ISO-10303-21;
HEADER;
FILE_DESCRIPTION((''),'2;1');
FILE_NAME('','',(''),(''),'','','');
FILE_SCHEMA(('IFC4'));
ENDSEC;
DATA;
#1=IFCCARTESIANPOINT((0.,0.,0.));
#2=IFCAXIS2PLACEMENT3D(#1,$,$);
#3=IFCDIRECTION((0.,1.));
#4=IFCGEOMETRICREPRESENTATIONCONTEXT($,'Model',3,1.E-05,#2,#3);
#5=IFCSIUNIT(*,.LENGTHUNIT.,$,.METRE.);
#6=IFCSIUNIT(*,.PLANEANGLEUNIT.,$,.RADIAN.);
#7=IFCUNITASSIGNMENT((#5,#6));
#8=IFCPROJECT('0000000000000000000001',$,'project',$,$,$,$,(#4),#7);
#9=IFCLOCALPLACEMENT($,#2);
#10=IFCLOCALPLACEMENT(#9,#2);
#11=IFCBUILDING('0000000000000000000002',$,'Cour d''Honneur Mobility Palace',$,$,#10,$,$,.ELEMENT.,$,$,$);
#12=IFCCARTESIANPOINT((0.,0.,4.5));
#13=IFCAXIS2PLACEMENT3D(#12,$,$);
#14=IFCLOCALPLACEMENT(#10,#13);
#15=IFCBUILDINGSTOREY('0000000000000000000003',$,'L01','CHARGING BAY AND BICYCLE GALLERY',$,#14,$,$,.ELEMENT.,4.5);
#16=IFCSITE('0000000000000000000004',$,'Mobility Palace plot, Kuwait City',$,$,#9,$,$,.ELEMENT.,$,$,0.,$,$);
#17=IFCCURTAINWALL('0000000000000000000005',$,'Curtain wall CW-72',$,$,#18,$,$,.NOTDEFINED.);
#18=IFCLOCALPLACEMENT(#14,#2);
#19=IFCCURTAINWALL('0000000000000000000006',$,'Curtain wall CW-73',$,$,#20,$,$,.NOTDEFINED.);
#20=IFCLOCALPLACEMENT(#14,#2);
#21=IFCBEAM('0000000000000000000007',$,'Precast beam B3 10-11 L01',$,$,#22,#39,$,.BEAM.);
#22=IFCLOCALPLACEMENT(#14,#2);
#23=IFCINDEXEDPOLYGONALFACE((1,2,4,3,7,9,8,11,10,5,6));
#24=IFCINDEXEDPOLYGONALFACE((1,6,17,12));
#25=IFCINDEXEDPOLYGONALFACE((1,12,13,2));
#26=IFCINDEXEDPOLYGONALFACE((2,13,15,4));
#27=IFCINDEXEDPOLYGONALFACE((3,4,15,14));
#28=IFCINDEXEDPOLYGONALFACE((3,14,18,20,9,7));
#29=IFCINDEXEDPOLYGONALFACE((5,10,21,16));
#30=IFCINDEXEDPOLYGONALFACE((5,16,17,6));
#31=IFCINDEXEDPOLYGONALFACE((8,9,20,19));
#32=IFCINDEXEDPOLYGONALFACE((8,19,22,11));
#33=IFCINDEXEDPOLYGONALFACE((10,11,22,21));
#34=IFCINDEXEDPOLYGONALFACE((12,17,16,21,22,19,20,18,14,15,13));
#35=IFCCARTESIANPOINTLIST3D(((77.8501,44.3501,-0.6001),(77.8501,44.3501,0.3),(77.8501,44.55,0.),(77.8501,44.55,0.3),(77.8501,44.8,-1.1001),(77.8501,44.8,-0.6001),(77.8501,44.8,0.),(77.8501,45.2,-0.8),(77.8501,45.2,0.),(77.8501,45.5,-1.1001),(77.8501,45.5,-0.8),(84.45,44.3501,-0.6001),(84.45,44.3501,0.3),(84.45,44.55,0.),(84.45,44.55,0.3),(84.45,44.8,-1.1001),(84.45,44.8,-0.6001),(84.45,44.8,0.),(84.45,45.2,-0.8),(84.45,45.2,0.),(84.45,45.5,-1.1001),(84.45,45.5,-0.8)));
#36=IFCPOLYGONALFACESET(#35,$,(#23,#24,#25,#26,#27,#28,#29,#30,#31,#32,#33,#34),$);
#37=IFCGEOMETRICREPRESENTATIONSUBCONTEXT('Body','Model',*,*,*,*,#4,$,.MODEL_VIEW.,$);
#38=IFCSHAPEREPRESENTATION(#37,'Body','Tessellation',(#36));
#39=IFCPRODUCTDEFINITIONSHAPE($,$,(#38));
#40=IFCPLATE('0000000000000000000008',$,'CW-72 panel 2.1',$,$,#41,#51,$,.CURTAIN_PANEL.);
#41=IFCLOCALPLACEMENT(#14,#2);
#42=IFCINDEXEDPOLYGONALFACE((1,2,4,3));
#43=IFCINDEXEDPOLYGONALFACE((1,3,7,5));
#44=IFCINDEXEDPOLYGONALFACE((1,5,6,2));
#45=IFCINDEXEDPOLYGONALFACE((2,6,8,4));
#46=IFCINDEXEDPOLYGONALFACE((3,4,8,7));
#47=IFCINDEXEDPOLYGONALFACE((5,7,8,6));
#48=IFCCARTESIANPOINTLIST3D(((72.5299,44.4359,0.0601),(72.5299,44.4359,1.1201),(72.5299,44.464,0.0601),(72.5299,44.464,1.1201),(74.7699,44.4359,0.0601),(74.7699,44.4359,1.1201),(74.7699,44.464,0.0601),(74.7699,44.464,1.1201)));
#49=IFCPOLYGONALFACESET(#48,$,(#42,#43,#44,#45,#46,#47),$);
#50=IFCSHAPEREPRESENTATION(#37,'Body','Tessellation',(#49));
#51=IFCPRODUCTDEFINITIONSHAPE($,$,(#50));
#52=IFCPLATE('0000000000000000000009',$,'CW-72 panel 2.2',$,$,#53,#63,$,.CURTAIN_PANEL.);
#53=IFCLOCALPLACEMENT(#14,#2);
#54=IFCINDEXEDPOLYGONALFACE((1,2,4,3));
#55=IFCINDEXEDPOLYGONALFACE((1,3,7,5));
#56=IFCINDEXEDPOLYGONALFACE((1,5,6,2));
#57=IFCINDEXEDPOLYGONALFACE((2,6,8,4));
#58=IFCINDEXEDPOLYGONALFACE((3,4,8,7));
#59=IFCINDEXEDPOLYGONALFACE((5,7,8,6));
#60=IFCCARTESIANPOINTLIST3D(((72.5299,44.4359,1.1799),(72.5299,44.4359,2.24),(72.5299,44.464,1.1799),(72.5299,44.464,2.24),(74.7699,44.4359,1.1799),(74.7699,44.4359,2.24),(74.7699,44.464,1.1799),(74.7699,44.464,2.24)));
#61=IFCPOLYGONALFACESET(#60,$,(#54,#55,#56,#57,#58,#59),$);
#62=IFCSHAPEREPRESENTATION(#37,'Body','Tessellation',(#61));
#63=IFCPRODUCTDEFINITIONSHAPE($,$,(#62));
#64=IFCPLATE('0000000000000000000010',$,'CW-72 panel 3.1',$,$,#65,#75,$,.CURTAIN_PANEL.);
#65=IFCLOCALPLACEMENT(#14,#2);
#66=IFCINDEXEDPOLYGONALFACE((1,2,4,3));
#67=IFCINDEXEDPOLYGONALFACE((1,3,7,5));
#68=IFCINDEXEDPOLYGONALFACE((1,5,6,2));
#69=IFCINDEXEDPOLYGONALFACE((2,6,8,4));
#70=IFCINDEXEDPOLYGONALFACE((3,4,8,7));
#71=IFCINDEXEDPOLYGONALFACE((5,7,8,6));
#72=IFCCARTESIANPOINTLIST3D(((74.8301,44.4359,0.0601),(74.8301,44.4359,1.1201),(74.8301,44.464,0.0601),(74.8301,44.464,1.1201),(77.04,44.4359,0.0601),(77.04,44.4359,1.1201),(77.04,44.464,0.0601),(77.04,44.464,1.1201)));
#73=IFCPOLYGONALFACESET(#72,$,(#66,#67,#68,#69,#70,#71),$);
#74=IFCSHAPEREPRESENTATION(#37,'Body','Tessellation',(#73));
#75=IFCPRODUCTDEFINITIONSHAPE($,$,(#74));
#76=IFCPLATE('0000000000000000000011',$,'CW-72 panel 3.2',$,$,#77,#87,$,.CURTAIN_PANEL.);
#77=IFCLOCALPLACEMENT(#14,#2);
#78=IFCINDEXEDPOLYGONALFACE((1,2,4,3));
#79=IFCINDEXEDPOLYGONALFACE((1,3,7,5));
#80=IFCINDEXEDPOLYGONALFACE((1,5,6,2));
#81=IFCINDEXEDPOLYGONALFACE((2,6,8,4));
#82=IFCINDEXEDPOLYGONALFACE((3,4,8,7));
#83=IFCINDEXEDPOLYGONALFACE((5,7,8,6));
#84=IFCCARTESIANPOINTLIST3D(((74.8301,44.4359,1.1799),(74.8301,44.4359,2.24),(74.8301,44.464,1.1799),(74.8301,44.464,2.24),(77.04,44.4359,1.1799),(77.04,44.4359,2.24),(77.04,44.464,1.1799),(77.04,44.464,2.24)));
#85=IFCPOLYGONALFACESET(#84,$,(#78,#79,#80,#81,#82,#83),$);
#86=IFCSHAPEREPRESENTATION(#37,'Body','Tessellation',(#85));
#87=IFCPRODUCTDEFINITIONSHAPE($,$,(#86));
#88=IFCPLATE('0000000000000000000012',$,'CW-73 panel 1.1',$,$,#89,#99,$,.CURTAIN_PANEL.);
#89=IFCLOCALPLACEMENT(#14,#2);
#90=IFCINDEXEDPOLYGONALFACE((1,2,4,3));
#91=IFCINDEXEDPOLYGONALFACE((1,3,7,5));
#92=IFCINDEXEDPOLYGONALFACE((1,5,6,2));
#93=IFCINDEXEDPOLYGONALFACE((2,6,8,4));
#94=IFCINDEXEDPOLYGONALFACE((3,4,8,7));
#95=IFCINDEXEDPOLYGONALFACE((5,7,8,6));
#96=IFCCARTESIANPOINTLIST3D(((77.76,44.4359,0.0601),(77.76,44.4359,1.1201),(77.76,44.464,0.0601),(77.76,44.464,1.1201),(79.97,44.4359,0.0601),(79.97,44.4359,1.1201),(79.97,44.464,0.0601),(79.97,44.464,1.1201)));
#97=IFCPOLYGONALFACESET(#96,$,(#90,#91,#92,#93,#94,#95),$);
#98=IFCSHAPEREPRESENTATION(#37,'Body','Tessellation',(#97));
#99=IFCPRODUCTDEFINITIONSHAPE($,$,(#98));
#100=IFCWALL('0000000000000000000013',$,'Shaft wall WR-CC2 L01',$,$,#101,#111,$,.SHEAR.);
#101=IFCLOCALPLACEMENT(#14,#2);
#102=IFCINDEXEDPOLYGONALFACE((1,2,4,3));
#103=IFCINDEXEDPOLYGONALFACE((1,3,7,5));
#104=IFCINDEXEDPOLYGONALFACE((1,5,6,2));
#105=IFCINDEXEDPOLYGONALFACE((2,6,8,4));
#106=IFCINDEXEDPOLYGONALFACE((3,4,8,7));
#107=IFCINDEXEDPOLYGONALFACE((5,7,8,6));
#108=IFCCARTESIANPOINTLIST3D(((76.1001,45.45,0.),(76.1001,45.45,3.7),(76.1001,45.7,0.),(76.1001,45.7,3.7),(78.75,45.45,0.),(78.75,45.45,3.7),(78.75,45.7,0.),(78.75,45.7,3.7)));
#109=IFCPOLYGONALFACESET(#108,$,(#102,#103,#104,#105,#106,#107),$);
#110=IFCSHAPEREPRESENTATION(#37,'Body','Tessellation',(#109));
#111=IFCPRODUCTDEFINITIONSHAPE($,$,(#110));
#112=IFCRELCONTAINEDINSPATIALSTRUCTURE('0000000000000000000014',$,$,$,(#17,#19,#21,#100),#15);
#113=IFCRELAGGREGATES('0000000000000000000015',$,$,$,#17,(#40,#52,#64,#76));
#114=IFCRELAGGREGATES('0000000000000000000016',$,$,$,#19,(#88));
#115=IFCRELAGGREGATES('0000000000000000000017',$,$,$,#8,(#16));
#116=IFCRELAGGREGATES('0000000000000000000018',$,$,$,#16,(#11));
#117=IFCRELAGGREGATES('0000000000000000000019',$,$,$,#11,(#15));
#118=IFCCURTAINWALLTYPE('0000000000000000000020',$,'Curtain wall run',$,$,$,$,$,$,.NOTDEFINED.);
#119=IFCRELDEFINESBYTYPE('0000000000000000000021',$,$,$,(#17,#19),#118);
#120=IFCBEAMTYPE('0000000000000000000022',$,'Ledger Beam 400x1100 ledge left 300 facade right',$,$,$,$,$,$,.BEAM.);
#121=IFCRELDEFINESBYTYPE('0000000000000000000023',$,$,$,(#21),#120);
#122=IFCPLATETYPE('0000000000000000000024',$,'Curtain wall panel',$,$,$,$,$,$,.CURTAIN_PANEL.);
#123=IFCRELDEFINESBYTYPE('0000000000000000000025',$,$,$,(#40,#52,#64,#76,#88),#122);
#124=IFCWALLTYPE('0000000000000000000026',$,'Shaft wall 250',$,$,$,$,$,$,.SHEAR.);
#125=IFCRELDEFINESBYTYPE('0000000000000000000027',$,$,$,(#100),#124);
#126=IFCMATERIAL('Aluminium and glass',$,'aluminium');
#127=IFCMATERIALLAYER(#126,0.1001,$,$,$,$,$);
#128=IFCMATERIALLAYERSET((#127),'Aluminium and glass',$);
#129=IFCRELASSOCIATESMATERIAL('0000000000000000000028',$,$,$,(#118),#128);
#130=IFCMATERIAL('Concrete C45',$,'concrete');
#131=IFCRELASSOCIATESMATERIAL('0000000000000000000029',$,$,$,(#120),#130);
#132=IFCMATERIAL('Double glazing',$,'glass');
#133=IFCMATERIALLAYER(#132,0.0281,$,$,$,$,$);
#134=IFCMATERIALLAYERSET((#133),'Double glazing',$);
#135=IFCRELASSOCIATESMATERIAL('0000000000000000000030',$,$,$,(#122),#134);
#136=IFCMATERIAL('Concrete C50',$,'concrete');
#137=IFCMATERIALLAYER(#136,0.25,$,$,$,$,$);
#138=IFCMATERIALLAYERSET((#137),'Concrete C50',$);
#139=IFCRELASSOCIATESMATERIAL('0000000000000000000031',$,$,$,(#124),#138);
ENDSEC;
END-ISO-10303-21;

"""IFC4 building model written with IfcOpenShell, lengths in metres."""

from ifc_helpers import new_model, si_unit, direction, frame, frame_2d, origin, origin_2d, place, context, subcontext, project, spatial, polyline, rectangle, outline, extrude, material, layer, layer_set, material_profile, profile_set, type_object, element, aggregate, save


model = new_model("IFC4")

# Units and contexts
model_context = context("Model", 3, precision=1e-05, world=origin(), true_north=direction((0.0, 1.0)))
body_context = subcontext(model_context, "Body", "Model", "MODEL_VIEW")
ifc_project = project(units=[si_unit("LENGTHUNIT", "METRE"), si_unit("PLANEANGLEUNIT", "RADIAN")], contexts=[model_context])

# Site, building, storey
site_placement = place(None, origin())
site = spatial("IfcSite", under=ifc_project, at=site_placement, Name="Mobility Palace plot, Kuwait City", CompositionType="ELEMENT", RefElevation=0.0)
building_placement = place(site_placement, origin())
building = spatial("IfcBuilding", under=site, at=building_placement, Name="Cour d'Honneur Mobility Palace", CompositionType="ELEMENT")
storey_placement = place(building_placement, frame((0.0, 0.0, 4.5)))
storey = spatial("IfcBuildingStorey", under=building, at=storey_placement, Name="L01", Description="CHARGING BAY AND BICYCLE GALLERY", CompositionType="ELEMENT", Elevation=4.5)

# Curtain wall
ifc_material_1 = material(Name="Aluminium and glass", Category="aluminium")
ifc_layer_1 = layer(ifc_material_1, 0.1001)
ifc_layer_set_1 = layer_set([ifc_layer_1], Name="Aluminium and glass")
curtain_wall_type = type_object("IfcCurtainWallType", Name="Curtain wall run", PredefinedType="NOTDEFINED", material=ifc_layer_set_1)
curtain_wall_1_placement = place(storey_placement, origin())
curtain_wall_1 = element("IfcCurtainWall", 1, at=curtain_wall_1_placement, inside=storey, type_object=curtain_wall_type, Name="Curtain wall CW-72", PredefinedType="NOTDEFINED")

# Curtain wall
curtain_wall_2_placement = place(storey_placement, origin())
curtain_wall_2 = element("IfcCurtainWall", 2, at=curtain_wall_2_placement, inside=storey, type_object=curtain_wall_type, Name="Curtain wall CW-73", PredefinedType="NOTDEFINED")

# Beam
ifc_material_2 = material(Name="Concrete C45", Category="concrete")
ifc_material_profile_1 = material_profile(ifc_material_2, outline(polyline([(0.5, -1.1001), (0.5, -0.8), (0.2, -0.8), (0.2, 0.0), (-0.2, 0.0), (-0.45, 0.0), (-0.45, 0.3), (-0.6499, 0.3), (-0.6499, -0.6001), (-0.2, -0.6001), (-0.2, -1.1001), (0.5, -1.1001)])), Name="Ledger Beam 400x1100 ledge left 300 facade right")
ifc_profile_set_1 = profile_set([ifc_material_profile_1], Name="Concrete C45")
beam_type = type_object("IfcBeamType", Name="Ledger Beam 400x1100 ledge left 300 facade right", PredefinedType="BEAM", material=ifc_profile_set_1)
beam_placement = place(storey_placement, frame((77.8501, 45.0, 0.0), z_axis=(1.0, 0.0, 0.0), x_axis=(0.0, 1.0, 0.0)))
element("IfcBeam", 3, at=beam_placement, inside=storey, type_object=beam_type, Name="Precast beam B3 10-11 L01", PredefinedType="BEAM", context=body_context, shape_type="SweptSolid", body=[
    extrude(outline(polyline([(0.5, -1.1001), (0.5, -0.8), (0.2, -0.8), (0.2, 0.0), (-0.2, 0.0), (-0.45, 0.0), (-0.45, 0.3), (-0.6499, 0.3), (-0.6499, -0.6001), (-0.2, -0.6001), (-0.2, -1.1001), (0.5, -1.1001)])), origin(), (0.0, 0.0, 1.0), 6.5999),
])

# Plates
ifc_material_3 = material(Name="Double glazing", Category="glass")
ifc_layer_2 = layer(ifc_material_3, 0.0281)
ifc_layer_set_2 = layer_set([ifc_layer_2], Name="Double glazing")
plate_type = type_object("IfcPlateType", Name="Curtain wall panel", PredefinedType="CURTAIN_PANEL", material=ifc_layer_set_2)
plate_1_placement = place(storey_placement, frame((73.6499, 44.45, 0.0601), z_axis=(0.0, 0.0, 1.0), x_axis=(1.0, 0.0, 0.0)))
plate_1 = element("IfcPlate", 4, at=plate_1_placement, type_object=plate_type, Name="CW-72 panel 2.1", PredefinedType="CURTAIN_PANEL", context=body_context, shape_type="SweptSolid", body=[
    extrude(rectangle(XDim=2.24, YDim=0.0281, at=origin_2d()), origin(), (0.0, 0.0, 1.0), 1.0601),
])
plate_2_placement = place(storey_placement, frame((73.6499, 44.45, 1.1799), z_axis=(0.0, 0.0, 1.0), x_axis=(1.0, 0.0, 0.0)))
plate_2 = element("IfcPlate", 5, at=plate_2_placement, type_object=plate_type, Name="CW-72 panel 2.2", PredefinedType="CURTAIN_PANEL", context=body_context, shape_type="SweptSolid", body=[
    extrude(rectangle(XDim=2.24, YDim=0.0281, at=origin_2d()), origin(), (0.0, 0.0, 1.0), 1.0601),
])
plate_3_placement = place(storey_placement, frame((75.9351, 44.45, 0.0601), z_axis=(0.0, 0.0, 1.0), x_axis=(1.0, 0.0, 0.0)))
plate_3 = element("IfcPlate", 6, at=plate_3_placement, type_object=plate_type, Name="CW-72 panel 3.1", PredefinedType="CURTAIN_PANEL", context=body_context, shape_type="SweptSolid", body=[
    extrude(rectangle(XDim=2.21, YDim=0.0281, at=origin_2d()), origin(), (0.0, 0.0, 1.0), 1.0601),
])
plate_4_placement = place(storey_placement, frame((75.9351, 44.45, 1.1799), z_axis=(0.0, 0.0, 1.0), x_axis=(1.0, 0.0, 0.0)))
plate_4 = element("IfcPlate", 7, at=plate_4_placement, type_object=plate_type, Name="CW-72 panel 3.2", PredefinedType="CURTAIN_PANEL", context=body_context, shape_type="SweptSolid", body=[
    extrude(rectangle(XDim=2.21, YDim=0.0281, at=origin_2d()), origin(), (0.0, 0.0, 1.0), 1.0601),
])
aggregate(curtain_wall_1, [plate_1, plate_2, plate_3, plate_4])
plate_5_placement = place(storey_placement, frame((78.865, 44.45, 0.0601), z_axis=(0.0, 0.0, 1.0), x_axis=(1.0, 0.0, 0.0)))
plate_5 = element("IfcPlate", 8, at=plate_5_placement, type_object=plate_type, Name="CW-73 panel 1.1", PredefinedType="CURTAIN_PANEL", context=body_context, shape_type="SweptSolid", body=[
    extrude(rectangle(XDim=2.21, YDim=0.0281, at=origin_2d()), origin(), (0.0, 0.0, 1.0), 1.0601),
])
aggregate(curtain_wall_2, [plate_5])

# Wall
ifc_material_4 = material(Name="Concrete C50", Category="concrete")
ifc_layer_3 = layer(ifc_material_4, 0.25)
ifc_layer_set_3 = layer_set([ifc_layer_3], Name="Concrete C50")
wall_type = type_object("IfcWallType", Name="Shaft wall 250", PredefinedType="SHEAR", material=ifc_layer_set_3)
wall_placement = place(storey_placement, frame((76.1001, 45.575, 0.0), z_axis=(0.0, 0.0, 1.0), x_axis=(1.0, 0.0, 0.0)))
element("IfcWall", 9, at=wall_placement, inside=storey, type_object=wall_type, Name="Shaft wall WR-CC2 L01", PredefinedType="SHEAR", context=body_context, shape_type="SweptSolid", body=[
    extrude(rectangle(XDim=2.6499, YDim=0.25, at=frame_2d((1.325, 0.0))), origin(), (0.0, 0.0, 1.0), 3.7),
])

save(model, "model.ifc")
